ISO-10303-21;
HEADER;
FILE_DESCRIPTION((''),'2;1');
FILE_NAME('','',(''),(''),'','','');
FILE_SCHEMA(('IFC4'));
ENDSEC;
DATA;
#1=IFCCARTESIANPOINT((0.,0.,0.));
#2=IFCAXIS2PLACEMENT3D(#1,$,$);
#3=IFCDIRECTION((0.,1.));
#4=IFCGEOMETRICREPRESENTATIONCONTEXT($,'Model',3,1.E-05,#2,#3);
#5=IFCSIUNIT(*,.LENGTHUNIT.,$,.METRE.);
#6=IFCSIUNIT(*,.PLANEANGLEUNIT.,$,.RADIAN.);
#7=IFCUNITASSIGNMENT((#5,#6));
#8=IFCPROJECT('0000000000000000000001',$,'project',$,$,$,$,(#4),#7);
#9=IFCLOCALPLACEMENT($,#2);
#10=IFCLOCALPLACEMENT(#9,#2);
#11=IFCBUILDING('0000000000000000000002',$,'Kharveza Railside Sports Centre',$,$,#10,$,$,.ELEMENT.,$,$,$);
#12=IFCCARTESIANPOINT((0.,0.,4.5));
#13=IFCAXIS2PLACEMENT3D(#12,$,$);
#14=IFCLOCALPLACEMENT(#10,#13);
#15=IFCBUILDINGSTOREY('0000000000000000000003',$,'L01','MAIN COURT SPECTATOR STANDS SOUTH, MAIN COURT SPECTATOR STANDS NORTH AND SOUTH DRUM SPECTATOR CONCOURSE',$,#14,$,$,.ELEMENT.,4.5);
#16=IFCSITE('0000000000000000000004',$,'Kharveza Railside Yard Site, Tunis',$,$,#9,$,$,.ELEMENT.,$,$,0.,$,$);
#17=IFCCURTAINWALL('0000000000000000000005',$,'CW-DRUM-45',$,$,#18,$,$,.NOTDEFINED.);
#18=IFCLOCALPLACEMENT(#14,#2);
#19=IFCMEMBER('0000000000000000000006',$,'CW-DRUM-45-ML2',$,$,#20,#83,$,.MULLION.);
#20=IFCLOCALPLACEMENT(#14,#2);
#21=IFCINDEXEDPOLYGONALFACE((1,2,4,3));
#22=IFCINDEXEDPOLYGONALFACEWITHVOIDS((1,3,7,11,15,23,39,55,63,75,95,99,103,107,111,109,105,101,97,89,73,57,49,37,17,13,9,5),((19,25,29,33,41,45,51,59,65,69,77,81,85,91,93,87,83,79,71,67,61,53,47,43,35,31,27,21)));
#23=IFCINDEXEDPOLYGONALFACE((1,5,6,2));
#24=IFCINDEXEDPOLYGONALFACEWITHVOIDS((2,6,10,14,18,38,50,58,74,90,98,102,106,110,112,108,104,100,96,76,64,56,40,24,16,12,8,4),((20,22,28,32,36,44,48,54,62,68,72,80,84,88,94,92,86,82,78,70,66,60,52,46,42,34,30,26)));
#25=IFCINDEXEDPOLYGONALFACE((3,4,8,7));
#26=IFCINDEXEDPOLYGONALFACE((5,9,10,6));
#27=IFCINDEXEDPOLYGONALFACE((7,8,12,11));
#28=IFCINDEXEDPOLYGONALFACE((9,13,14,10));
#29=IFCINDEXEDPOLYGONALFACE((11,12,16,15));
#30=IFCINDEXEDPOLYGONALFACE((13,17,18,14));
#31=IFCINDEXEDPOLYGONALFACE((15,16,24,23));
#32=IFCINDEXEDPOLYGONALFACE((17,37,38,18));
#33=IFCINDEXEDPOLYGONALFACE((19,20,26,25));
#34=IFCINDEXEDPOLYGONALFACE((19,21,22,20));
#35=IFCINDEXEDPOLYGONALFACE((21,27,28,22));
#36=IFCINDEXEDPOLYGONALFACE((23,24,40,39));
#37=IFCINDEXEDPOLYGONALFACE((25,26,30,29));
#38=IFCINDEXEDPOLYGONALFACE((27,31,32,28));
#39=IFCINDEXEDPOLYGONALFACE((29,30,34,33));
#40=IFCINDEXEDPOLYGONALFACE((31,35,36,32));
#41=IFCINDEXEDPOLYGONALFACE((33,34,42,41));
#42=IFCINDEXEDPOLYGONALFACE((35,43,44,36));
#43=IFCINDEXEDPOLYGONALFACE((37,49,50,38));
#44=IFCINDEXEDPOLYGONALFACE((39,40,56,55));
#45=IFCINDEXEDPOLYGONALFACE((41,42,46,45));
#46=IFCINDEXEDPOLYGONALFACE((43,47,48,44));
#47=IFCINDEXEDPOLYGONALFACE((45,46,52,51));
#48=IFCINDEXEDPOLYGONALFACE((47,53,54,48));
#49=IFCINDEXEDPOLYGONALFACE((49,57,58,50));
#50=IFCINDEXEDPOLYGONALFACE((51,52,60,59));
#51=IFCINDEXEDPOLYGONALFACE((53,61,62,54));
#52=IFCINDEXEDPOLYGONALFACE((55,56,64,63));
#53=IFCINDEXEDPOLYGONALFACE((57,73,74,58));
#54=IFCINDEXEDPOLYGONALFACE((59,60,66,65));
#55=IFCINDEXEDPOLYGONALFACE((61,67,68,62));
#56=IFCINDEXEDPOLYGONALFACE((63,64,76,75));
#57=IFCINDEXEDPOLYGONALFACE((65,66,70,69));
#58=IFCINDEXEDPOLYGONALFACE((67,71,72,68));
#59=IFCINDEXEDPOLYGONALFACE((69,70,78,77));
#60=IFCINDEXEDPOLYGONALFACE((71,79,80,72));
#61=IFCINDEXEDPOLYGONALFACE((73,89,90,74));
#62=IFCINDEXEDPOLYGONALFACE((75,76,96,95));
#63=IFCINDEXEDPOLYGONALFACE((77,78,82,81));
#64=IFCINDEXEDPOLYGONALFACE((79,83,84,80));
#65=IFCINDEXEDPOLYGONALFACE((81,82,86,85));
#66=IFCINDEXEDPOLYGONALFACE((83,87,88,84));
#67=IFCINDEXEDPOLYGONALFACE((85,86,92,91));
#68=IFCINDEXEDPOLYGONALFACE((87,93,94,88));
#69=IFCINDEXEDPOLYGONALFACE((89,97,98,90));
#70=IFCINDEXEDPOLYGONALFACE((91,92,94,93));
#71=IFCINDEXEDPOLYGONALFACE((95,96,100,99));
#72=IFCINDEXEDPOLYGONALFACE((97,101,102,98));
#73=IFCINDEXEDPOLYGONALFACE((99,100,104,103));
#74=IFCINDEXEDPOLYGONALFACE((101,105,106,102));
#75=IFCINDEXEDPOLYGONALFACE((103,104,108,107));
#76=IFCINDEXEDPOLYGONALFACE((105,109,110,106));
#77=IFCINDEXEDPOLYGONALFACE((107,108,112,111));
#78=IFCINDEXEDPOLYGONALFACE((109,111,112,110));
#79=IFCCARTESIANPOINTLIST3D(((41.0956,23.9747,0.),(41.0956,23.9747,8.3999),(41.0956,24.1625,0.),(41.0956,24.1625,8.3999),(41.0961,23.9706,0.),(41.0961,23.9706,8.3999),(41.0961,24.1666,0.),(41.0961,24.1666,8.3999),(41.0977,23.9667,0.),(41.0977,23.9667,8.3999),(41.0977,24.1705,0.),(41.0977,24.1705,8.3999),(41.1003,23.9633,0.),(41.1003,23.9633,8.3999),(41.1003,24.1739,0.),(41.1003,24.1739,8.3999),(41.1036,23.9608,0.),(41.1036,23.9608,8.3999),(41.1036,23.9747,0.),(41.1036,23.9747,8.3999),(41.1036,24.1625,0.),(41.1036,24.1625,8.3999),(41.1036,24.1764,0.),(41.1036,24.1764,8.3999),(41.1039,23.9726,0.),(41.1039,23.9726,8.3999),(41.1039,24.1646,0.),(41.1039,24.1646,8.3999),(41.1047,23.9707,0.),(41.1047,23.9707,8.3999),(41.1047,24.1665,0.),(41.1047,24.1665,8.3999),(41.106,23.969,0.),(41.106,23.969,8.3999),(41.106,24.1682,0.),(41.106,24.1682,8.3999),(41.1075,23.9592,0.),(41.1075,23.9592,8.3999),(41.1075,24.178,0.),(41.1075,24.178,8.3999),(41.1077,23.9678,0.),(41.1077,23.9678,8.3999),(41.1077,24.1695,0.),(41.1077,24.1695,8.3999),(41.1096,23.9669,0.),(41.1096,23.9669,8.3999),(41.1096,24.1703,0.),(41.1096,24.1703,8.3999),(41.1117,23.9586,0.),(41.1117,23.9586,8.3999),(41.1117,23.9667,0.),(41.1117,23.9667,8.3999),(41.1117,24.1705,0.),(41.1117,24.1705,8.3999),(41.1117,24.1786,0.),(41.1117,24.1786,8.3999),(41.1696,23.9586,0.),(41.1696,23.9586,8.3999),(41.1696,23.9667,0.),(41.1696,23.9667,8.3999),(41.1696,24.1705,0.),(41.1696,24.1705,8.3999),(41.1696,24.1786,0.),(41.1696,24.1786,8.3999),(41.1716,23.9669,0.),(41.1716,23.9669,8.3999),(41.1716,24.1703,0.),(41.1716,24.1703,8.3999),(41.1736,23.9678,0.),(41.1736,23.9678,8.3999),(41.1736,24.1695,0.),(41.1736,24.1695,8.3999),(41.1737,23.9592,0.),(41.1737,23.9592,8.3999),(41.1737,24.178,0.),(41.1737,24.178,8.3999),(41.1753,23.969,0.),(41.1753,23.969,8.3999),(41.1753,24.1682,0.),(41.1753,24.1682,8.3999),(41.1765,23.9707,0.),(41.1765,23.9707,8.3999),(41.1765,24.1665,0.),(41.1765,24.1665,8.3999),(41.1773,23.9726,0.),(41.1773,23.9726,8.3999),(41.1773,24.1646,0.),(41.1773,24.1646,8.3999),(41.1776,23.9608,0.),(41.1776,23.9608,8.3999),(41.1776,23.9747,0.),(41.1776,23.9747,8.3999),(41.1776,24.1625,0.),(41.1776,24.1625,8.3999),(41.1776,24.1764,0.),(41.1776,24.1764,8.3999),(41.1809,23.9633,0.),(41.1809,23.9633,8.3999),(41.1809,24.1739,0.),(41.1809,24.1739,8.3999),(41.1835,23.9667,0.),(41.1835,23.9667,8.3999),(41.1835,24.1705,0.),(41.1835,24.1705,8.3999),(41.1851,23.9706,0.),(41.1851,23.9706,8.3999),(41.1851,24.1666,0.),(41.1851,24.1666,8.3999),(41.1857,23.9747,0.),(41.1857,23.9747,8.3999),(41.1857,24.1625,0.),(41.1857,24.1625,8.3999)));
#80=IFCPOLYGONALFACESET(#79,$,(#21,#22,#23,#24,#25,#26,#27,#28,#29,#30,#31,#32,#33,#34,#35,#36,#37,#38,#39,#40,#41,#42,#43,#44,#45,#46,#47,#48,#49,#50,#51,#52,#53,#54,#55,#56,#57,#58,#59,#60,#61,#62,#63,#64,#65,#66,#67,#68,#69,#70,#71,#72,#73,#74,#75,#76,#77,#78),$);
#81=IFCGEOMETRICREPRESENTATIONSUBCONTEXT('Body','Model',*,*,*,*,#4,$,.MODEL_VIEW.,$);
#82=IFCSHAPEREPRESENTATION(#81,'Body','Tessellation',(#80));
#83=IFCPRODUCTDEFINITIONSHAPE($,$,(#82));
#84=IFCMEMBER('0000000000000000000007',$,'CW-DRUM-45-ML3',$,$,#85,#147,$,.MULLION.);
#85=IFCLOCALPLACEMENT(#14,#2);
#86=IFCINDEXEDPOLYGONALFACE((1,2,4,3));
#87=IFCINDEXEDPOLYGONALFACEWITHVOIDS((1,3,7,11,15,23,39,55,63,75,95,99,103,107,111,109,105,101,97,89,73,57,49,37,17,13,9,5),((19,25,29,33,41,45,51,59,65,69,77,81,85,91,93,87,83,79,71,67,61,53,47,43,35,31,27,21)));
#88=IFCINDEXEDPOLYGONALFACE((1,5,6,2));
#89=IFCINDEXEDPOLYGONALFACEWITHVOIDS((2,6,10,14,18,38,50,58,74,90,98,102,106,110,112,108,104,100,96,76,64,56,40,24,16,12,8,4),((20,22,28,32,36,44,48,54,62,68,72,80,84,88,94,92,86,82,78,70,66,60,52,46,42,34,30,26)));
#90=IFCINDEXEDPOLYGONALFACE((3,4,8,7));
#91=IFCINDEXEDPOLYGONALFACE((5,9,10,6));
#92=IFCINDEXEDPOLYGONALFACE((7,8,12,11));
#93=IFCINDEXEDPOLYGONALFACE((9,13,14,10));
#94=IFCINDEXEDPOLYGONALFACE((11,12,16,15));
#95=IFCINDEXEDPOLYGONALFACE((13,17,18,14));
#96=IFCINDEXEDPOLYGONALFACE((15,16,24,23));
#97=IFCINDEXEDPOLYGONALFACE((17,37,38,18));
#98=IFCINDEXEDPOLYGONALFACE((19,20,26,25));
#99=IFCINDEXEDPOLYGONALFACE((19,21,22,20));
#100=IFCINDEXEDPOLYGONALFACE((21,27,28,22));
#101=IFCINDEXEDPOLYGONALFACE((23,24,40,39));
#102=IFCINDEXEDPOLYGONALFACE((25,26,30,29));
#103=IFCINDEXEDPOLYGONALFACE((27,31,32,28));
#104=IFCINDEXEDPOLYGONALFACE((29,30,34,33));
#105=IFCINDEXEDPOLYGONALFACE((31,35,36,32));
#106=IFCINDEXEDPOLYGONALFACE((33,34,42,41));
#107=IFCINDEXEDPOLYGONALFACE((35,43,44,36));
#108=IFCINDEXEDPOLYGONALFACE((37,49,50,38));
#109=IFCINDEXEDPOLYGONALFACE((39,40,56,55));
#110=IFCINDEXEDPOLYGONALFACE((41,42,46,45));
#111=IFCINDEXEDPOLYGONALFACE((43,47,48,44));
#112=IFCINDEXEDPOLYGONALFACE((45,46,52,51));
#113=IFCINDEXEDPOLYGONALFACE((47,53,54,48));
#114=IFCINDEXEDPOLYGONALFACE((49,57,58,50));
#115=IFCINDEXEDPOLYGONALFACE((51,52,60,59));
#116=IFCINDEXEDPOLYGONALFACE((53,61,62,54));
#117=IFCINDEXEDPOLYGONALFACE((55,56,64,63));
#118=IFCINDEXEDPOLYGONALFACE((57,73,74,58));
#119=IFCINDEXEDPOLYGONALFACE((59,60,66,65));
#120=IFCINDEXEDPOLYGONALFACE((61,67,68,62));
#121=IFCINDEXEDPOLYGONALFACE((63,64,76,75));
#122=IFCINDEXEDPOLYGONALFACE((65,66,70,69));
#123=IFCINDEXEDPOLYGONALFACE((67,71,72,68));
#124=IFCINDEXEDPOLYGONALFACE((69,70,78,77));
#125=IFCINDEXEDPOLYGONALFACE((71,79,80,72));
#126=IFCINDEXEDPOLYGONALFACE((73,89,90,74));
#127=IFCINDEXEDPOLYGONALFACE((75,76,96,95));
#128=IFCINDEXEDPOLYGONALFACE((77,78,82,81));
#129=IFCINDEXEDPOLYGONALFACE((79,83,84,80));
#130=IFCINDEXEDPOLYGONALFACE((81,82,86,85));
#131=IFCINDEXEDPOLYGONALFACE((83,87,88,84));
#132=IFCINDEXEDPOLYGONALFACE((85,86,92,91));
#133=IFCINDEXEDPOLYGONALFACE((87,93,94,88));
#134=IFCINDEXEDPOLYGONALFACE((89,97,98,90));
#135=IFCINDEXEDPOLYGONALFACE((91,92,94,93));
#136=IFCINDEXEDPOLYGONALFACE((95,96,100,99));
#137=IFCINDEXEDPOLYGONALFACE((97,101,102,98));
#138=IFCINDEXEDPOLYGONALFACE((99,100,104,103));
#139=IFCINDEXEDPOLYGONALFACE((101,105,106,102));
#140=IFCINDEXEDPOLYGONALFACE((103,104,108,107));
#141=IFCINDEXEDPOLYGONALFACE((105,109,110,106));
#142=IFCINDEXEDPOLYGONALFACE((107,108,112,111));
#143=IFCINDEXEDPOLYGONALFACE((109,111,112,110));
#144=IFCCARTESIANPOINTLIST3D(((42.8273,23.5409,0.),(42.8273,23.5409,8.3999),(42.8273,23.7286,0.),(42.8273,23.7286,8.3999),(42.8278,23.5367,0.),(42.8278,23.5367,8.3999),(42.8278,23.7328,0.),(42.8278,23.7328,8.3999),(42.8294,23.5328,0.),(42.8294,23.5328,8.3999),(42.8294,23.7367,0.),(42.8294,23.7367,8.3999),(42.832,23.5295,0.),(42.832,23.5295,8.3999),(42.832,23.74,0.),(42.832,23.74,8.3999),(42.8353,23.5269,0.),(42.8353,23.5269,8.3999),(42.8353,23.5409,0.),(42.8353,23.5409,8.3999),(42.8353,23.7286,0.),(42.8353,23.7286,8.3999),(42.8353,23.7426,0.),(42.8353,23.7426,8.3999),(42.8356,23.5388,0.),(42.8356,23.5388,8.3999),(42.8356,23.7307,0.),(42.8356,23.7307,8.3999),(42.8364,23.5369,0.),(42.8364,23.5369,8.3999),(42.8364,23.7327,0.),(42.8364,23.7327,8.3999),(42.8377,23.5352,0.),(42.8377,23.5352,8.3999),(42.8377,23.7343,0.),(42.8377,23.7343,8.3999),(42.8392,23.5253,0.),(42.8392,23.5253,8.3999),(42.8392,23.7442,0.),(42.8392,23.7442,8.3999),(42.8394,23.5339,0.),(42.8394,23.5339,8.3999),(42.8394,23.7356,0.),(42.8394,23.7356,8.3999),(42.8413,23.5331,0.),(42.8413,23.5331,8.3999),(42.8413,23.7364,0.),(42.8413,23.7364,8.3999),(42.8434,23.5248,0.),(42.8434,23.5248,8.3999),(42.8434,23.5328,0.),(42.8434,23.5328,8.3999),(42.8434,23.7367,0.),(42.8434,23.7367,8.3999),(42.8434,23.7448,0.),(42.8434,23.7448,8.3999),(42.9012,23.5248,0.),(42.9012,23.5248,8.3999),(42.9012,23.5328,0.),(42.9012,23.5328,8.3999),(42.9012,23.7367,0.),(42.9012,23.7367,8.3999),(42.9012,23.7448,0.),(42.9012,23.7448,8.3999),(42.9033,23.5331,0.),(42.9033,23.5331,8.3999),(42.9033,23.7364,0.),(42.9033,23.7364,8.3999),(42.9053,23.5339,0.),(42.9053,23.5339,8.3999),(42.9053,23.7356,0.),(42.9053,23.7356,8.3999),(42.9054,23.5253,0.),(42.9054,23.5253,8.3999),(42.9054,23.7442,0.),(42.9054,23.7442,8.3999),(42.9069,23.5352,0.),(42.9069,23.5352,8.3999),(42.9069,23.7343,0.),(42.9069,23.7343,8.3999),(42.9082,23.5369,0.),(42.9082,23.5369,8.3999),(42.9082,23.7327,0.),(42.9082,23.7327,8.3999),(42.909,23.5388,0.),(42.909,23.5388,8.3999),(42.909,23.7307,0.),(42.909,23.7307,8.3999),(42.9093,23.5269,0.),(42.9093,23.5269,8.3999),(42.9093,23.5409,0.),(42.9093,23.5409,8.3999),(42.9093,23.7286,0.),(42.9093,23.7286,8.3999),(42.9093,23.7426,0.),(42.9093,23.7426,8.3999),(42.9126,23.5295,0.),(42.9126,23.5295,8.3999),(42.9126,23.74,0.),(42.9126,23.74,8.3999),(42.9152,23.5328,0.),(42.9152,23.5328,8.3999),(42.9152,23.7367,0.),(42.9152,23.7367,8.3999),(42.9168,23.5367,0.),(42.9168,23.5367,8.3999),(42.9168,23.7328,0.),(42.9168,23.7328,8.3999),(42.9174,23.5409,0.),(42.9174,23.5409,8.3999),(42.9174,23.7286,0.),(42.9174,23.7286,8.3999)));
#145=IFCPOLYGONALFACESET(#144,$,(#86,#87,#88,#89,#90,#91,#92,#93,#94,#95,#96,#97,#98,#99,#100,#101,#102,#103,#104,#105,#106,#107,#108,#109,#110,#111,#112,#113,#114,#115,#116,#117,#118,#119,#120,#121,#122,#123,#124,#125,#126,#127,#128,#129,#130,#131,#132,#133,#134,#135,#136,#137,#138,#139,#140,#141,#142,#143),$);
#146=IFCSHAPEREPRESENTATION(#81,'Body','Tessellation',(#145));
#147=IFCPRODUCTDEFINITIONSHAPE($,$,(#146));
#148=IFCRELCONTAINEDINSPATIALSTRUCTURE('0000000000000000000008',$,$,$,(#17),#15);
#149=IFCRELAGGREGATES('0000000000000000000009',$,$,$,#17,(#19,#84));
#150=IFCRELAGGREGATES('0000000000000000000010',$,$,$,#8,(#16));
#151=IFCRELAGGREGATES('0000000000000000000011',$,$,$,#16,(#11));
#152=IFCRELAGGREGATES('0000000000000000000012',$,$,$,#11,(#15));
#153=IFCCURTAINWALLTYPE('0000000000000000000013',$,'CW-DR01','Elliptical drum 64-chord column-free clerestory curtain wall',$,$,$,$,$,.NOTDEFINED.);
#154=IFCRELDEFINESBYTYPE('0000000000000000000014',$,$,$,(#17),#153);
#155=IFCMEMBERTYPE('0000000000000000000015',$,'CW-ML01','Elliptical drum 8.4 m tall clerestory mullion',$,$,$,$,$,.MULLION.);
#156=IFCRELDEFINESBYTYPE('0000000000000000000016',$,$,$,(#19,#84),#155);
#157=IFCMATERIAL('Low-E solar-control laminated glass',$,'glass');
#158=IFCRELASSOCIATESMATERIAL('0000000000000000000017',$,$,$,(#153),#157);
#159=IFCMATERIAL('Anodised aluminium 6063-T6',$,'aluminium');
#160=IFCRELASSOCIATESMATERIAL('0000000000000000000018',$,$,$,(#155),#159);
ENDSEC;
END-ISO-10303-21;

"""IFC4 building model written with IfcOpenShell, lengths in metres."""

from ifc_helpers import new_model, si_unit, direction, frame, origin, origin_2d, place, context, subcontext, project, spatial, hollow_rectangle, extrude, material, material_profile, profile_set, type_object, element, aggregate, save


model = new_model("IFC4")

# Units and contexts
model_context = context("Model", 3, precision=1e-05, world=origin(), true_north=direction((0.0, 1.0)))
body_context = subcontext(model_context, "Body", "Model", "MODEL_VIEW")
ifc_project = project(units=[si_unit("LENGTHUNIT", "METRE"), si_unit("PLANEANGLEUNIT", "RADIAN")], contexts=[model_context])

# Site, building, storey
site_placement = place(None, origin())
site = spatial("IfcSite", under=ifc_project, at=site_placement, Name="Kharveza Railside Yard Site, Tunis", CompositionType="ELEMENT", RefElevation=0.0)
building_placement = place(site_placement, origin())
building = spatial("IfcBuilding", under=site, at=building_placement, Name="Kharveza Railside Sports Centre", CompositionType="ELEMENT")
storey_placement = place(building_placement, frame((0.0, 0.0, 4.5)))
storey = spatial("IfcBuildingStorey", under=building, at=storey_placement, Name="L01", Description="MAIN COURT SPECTATOR STANDS SOUTH, MAIN COURT SPECTATOR STANDS NORTH AND SOUTH DRUM SPECTATOR CONCOURSE", CompositionType="ELEMENT", Elevation=4.5)

# Shared definitions
ifc_material_1 = material(Name="Low-E solar-control laminated glass", Category="glass")
curtain_wall_type = type_object("IfcCurtainWallType", Name="CW-DR01", Description="Elliptical drum 64-chord column-free clerestory curtain wall", PredefinedType="NOTDEFINED", material=ifc_material_1)
ifc_material_2 = material(Name="Anodised aluminium 6063-T6", Category="aluminium")
ifc_material_profile_1 = material_profile(ifc_material_2, hollow_rectangle(XDim=0.0901, YDim=0.22, WallThickness=0.0081, InnerFilletRadius=0.0081, OuterFilletRadius=0.0161, at=origin_2d()), Name="RHS 90x220x8.0")
ifc_profile_set_1 = profile_set([ifc_material_profile_1], Name="Anodised aluminium 6063-T6")
member_type_1 = type_object("IfcMemberType", Name="CW-ML01", Description="Elliptical drum 8.4 m tall clerestory mullion", PredefinedType="MULLION", material=ifc_profile_set_1)

# Curtain wall, members
curtain_wall_1_placement = place(storey_placement, origin())
curtain_wall_1 = element("IfcCurtainWall", 1, at=curtain_wall_1_placement, inside=storey, type_object=curtain_wall_type, Name="CW-DRUM-45", PredefinedType="NOTDEFINED")
member_1_placement = place(storey_placement, frame((41.1406, 24.0686, 0.0), z_axis=(0.0, 0.0, 1.0), x_axis=(1.0, 0.0, 0.0)))
member_1 = element("IfcMember", 2, at=member_1_placement, type_object=member_type_1, Name="CW-DRUM-45-ML2", PredefinedType="MULLION", context=body_context, shape_type="SweptSolid", body=[
    extrude(hollow_rectangle(XDim=0.0901, YDim=0.22, WallThickness=0.0081, InnerFilletRadius=0.0081, OuterFilletRadius=0.0161, at=origin_2d()), origin(), (0.0, 0.0, 1.0), 8.3999),
])
member_2_placement = place(storey_placement, frame((42.8723, 23.6348, 0.0), z_axis=(0.0, 0.0, 1.0), x_axis=(1.0, 0.0, 0.0)))
member_2 = element("IfcMember", 3, at=member_2_placement, type_object=member_type_1, Name="CW-DRUM-45-ML3", PredefinedType="MULLION", context=body_context, shape_type="SweptSolid", body=[
    extrude(hollow_rectangle(XDim=0.0901, YDim=0.22, WallThickness=0.0081, InnerFilletRadius=0.0081, OuterFilletRadius=0.0161, at=origin_2d()), origin(), (0.0, 0.0, 1.0), 8.3999),
])

aggregate(curtain_wall_1, [member_1, member_2])

save(model, "model.ifc")
